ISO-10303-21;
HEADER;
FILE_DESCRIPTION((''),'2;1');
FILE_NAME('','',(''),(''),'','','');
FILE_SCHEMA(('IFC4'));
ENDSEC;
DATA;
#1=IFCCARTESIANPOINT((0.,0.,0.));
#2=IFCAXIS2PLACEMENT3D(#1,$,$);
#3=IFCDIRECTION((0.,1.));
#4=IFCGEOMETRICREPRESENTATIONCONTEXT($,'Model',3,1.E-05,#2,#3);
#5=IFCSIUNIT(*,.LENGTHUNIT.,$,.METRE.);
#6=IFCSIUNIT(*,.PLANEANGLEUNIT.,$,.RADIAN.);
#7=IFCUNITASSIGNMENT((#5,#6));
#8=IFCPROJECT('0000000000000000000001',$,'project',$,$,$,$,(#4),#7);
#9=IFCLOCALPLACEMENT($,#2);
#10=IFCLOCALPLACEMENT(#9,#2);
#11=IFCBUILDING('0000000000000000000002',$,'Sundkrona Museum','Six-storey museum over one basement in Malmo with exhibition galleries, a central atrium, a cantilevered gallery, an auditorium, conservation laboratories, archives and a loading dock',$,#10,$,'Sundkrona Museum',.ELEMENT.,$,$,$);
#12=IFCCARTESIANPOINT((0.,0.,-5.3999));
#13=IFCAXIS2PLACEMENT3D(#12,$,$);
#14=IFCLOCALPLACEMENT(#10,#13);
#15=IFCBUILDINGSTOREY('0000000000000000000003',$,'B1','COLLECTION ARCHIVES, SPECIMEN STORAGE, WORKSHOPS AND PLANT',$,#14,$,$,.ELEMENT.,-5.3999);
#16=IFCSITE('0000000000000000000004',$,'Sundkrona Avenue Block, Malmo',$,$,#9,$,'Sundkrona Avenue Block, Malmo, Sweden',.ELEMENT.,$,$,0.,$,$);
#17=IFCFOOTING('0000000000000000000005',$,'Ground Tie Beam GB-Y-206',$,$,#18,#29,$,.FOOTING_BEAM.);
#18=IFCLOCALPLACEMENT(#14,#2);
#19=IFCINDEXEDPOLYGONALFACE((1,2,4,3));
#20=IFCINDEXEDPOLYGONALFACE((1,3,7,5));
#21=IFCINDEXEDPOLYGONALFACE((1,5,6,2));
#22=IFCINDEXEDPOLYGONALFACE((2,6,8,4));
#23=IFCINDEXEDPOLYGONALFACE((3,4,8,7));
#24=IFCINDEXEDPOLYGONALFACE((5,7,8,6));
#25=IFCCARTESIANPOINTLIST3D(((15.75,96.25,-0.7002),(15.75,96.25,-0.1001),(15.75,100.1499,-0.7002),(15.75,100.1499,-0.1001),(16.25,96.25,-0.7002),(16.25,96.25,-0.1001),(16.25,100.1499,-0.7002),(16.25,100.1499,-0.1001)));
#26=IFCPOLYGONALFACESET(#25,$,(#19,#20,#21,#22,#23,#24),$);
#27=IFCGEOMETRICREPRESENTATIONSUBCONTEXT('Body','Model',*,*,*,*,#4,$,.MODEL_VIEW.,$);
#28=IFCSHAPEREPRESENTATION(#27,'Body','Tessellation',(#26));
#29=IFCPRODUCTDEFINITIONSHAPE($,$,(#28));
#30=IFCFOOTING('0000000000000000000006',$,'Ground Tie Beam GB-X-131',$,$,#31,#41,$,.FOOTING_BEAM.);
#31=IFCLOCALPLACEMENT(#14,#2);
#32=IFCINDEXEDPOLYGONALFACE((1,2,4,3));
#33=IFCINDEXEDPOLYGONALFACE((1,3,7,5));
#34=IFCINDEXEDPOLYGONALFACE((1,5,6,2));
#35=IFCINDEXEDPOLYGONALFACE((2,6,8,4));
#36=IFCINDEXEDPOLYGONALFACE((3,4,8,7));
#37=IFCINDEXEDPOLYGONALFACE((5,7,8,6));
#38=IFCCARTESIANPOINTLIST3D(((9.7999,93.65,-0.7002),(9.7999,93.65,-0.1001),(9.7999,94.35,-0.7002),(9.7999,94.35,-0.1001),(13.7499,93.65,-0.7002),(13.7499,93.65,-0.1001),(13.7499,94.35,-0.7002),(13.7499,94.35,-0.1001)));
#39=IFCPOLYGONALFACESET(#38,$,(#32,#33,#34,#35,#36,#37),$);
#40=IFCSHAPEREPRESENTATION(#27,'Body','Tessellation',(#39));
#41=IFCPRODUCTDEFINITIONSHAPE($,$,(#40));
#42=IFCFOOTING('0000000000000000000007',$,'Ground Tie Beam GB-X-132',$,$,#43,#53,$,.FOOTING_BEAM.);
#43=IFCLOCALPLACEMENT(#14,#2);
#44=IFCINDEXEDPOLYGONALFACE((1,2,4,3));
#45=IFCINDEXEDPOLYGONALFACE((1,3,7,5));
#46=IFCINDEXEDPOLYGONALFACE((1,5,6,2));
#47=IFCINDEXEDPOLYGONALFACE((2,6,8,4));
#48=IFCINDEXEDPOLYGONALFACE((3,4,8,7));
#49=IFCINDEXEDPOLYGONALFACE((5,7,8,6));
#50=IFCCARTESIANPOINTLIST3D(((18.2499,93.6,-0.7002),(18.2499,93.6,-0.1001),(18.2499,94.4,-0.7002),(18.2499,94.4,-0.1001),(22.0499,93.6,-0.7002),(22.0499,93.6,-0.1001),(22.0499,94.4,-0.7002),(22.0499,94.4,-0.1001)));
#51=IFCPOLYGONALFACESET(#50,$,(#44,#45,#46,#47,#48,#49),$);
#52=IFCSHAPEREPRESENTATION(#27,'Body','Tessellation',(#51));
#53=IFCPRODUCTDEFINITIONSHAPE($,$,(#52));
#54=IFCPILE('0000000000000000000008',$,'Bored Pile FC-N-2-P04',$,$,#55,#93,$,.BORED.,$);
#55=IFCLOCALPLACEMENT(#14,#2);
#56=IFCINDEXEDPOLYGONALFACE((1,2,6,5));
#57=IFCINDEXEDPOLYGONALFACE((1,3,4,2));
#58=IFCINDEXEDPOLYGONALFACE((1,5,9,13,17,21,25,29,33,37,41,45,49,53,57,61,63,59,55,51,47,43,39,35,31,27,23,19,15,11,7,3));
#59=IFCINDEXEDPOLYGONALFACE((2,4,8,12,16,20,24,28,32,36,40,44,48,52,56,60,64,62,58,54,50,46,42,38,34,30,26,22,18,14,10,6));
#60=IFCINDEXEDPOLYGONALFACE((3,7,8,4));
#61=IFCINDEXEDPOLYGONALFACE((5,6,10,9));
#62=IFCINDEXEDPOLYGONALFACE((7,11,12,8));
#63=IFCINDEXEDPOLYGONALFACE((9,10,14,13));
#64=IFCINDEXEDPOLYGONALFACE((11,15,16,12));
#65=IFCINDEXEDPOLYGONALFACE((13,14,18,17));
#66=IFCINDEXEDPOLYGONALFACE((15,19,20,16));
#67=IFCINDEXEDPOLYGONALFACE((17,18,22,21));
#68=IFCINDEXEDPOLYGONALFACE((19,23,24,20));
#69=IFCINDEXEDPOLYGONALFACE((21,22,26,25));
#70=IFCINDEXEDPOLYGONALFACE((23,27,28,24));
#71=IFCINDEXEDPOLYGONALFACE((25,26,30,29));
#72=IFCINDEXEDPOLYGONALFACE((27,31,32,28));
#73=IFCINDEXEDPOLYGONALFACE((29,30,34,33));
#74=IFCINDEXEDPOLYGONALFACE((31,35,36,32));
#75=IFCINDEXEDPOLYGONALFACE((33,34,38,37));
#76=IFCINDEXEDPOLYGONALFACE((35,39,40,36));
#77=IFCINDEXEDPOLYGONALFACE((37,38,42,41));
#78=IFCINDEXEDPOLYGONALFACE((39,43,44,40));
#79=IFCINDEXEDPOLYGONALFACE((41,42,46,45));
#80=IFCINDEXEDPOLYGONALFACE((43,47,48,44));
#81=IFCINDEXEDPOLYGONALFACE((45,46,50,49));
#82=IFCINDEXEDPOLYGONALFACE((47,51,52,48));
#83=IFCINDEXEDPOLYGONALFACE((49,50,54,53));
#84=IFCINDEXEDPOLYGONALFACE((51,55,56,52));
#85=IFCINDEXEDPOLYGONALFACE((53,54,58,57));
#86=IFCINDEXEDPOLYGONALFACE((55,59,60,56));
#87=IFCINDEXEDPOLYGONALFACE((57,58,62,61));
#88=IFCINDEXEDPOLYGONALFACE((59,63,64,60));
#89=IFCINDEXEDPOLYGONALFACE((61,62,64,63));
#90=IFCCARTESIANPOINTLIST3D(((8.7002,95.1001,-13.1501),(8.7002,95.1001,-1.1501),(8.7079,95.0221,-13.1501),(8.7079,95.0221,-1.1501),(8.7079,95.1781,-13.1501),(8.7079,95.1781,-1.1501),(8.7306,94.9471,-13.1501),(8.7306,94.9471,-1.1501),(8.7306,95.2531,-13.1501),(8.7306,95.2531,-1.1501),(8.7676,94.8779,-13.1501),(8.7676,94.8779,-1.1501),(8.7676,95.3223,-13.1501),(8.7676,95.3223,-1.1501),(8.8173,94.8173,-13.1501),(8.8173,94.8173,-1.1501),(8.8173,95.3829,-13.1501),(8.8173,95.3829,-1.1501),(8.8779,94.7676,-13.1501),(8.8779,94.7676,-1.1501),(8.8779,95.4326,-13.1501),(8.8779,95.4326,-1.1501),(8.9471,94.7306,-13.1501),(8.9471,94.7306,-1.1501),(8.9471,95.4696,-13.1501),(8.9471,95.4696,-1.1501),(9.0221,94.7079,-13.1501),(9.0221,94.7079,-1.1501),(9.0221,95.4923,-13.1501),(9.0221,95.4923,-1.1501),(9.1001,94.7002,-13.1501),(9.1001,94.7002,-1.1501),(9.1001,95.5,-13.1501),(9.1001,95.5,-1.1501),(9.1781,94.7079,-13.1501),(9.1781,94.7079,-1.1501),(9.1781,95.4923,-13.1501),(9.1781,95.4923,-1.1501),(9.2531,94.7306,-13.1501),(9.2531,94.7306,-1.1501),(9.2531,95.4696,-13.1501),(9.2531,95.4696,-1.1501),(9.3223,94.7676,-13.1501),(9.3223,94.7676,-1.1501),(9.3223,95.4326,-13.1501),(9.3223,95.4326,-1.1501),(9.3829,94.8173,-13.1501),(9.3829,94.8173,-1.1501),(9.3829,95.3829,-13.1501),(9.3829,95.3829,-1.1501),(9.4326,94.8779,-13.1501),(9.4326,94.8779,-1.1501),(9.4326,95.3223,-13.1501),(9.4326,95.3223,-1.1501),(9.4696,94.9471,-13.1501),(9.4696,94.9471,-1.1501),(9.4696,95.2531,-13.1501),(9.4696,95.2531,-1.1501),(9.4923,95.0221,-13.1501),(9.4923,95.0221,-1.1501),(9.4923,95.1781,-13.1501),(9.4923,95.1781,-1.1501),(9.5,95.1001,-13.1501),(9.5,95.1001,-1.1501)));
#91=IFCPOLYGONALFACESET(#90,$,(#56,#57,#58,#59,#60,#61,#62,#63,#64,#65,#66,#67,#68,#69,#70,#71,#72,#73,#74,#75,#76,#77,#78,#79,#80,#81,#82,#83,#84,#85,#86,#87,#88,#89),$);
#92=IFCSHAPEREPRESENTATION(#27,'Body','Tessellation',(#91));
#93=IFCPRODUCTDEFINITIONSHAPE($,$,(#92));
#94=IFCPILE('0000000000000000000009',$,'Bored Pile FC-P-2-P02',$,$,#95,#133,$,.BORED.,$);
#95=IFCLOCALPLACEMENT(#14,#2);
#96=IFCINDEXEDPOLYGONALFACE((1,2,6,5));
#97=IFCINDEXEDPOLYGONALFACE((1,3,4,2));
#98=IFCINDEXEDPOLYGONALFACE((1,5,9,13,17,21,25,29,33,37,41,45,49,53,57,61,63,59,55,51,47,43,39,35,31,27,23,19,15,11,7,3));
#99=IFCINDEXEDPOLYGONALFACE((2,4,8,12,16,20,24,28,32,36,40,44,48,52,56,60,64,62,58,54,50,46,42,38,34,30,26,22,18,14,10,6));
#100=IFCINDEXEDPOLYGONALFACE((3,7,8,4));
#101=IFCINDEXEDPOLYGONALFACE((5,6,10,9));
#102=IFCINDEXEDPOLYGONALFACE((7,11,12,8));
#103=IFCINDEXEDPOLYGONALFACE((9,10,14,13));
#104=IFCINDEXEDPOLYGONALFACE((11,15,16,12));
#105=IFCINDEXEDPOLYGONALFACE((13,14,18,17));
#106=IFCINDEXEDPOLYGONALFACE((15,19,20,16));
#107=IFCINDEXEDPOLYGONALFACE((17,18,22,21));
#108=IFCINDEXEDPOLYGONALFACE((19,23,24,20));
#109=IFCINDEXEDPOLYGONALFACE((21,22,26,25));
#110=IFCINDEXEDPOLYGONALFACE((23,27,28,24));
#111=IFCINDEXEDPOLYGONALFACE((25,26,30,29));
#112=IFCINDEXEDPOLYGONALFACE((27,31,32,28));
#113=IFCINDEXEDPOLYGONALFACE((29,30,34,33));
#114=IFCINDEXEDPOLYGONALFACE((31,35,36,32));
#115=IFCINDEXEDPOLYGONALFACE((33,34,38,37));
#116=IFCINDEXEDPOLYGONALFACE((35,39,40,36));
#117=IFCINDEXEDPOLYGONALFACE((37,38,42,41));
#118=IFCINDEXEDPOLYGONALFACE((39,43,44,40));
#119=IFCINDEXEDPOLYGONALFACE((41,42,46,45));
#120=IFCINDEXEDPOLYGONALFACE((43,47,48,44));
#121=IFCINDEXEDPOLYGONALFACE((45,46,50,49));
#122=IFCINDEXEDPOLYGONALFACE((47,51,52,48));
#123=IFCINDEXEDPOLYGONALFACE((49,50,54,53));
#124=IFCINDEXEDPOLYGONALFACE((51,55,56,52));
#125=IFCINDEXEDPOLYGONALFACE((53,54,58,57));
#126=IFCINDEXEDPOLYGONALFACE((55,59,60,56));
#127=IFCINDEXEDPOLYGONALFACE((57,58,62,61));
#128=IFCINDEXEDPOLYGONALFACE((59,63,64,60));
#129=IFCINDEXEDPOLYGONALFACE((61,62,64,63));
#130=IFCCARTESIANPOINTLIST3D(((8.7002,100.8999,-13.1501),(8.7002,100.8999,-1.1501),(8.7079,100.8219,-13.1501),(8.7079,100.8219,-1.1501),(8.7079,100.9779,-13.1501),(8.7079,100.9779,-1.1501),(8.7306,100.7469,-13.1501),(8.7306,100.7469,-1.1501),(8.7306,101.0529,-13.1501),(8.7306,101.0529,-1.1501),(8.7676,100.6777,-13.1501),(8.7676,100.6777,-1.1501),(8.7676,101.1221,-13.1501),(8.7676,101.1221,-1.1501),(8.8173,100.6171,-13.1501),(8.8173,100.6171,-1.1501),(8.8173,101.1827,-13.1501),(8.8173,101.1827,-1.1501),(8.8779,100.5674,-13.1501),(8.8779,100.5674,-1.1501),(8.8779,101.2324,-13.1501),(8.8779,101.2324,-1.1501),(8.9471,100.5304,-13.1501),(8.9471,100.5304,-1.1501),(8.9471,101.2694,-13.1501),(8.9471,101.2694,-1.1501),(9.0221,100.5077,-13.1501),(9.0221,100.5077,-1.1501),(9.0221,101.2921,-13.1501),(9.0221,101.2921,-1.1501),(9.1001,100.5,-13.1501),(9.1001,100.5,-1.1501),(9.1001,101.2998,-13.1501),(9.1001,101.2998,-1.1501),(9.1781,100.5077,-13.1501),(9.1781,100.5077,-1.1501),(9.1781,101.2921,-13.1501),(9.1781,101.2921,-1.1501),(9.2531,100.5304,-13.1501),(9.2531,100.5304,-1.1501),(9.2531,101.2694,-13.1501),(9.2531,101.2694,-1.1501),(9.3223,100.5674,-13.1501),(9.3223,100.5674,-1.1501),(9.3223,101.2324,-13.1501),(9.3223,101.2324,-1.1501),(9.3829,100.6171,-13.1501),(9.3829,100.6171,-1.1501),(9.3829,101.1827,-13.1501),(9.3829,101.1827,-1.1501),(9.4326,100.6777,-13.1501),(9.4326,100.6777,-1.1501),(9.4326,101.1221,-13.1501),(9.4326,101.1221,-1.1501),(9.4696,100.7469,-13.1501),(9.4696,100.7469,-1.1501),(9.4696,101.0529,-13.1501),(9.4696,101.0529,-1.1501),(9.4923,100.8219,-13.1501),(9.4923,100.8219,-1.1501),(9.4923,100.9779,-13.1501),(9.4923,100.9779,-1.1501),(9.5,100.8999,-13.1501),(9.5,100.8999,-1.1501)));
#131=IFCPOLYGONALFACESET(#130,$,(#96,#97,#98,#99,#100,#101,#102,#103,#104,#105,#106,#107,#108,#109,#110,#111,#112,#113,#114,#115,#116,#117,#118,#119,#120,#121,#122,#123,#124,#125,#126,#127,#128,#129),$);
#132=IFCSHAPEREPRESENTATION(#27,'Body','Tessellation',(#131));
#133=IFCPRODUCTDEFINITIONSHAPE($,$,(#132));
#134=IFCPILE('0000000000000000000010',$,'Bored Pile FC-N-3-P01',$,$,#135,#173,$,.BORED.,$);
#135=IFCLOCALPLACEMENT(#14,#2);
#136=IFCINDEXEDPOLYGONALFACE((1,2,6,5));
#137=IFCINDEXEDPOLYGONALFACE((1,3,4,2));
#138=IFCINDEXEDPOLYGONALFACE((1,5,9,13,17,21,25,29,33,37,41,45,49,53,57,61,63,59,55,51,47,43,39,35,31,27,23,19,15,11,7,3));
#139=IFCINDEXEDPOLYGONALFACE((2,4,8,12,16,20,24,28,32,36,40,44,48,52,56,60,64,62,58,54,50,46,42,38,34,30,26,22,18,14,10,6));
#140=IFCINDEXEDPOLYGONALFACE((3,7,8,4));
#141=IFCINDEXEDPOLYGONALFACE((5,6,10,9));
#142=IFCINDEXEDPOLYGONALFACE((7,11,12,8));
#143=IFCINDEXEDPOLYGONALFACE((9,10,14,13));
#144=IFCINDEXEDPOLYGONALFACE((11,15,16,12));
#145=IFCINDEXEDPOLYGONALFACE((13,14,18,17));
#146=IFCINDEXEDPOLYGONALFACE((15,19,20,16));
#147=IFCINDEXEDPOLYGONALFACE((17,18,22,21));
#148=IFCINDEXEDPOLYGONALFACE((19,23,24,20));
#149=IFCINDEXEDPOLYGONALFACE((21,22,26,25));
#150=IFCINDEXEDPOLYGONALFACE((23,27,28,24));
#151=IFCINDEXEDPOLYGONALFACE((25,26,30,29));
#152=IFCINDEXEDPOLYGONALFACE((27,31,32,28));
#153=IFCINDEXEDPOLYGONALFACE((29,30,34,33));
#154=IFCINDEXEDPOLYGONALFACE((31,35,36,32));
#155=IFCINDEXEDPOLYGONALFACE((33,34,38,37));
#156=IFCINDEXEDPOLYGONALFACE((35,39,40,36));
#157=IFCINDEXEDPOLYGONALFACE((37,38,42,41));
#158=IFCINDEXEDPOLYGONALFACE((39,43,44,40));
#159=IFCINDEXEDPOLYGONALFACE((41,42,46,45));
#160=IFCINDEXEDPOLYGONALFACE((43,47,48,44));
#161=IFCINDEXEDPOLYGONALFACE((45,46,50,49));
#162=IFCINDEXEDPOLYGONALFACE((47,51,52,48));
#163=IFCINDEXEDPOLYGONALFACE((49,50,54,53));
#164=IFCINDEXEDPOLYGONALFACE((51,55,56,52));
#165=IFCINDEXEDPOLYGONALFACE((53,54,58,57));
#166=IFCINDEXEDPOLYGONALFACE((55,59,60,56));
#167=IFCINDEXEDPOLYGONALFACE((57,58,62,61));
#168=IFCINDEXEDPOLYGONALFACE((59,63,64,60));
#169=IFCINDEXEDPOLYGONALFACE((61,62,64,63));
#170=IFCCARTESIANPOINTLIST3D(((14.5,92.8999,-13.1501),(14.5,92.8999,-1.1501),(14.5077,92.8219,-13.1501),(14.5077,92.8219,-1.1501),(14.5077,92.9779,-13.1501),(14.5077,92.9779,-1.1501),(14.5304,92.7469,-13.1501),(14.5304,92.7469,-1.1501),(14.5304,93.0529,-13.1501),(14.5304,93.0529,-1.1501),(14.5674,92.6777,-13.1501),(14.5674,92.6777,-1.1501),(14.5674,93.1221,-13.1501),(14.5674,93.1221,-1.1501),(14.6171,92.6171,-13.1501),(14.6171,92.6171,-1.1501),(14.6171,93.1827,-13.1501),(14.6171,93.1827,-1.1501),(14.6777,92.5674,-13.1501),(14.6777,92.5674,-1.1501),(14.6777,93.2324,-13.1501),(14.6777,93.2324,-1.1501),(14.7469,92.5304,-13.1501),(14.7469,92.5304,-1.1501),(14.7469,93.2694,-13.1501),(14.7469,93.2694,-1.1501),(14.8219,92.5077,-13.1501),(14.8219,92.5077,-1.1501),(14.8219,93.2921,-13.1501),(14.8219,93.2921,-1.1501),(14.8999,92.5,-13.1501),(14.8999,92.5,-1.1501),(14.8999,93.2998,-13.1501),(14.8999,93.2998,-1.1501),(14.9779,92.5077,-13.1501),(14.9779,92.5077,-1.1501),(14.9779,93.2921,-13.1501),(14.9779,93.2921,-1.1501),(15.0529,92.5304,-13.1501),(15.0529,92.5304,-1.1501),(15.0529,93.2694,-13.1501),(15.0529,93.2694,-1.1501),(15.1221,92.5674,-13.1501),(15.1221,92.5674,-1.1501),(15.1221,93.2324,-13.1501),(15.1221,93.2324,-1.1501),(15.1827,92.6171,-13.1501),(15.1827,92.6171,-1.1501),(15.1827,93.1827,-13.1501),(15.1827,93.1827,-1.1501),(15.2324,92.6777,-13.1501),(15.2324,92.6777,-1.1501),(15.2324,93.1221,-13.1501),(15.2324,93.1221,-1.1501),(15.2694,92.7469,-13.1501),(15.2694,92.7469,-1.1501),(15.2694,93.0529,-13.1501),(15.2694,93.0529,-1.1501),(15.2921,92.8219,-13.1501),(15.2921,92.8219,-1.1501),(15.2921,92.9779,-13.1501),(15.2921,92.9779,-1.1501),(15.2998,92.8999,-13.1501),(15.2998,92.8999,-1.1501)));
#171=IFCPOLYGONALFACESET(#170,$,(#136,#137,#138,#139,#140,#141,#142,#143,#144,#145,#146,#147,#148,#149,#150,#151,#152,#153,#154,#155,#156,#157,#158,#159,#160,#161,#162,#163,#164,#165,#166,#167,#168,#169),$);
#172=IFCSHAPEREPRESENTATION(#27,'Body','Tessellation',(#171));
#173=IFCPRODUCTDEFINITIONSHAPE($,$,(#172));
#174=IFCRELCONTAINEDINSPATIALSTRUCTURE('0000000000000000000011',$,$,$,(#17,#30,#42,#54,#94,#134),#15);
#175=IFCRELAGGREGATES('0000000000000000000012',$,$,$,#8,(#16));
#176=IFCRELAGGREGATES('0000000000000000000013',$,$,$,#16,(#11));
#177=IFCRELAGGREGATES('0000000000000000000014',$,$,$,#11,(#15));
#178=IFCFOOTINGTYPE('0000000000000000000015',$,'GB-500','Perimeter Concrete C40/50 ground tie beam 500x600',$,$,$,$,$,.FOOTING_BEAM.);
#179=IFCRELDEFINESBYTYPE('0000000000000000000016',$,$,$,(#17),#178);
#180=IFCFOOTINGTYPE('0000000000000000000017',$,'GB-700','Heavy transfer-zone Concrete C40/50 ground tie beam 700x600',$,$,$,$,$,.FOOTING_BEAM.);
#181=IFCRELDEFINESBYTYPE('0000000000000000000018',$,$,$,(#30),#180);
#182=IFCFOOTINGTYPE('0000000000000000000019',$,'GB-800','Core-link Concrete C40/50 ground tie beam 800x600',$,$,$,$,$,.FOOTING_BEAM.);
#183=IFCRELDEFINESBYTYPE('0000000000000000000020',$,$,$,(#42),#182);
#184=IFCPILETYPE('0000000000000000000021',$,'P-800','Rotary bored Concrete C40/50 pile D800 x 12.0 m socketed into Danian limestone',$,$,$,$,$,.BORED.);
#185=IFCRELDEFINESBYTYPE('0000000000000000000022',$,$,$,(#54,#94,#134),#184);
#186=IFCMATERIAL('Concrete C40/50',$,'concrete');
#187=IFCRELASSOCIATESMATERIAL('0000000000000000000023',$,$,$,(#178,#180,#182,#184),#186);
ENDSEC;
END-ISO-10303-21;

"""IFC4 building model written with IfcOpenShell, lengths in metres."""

from ifc_helpers import new_model, si_unit, direction, frame, origin, origin_2d, place, context, subcontext, project, spatial, rectangle, circle, extrude, material, material_profile, profile_set, type_object, element, save


model = new_model("IFC4")

# Units and contexts
model_context = context("Model", 3, precision=1e-05, world=origin(), true_north=direction((0.0, 1.0)))
body_context = subcontext(model_context, "Body", "Model", "MODEL_VIEW")
ifc_project = project(units=[si_unit("LENGTHUNIT", "METRE"), si_unit("PLANEANGLEUNIT", "RADIAN")], contexts=[model_context])

# Site, building, storey
site_placement = place(None, origin())
site = spatial("IfcSite", under=ifc_project, at=site_placement, Name="Sundkrona Avenue Block, Malmo", LongName="Sundkrona Avenue Block, Malmo, Sweden", CompositionType="ELEMENT", RefElevation=0.0)
building_placement = place(site_placement, origin())
building = spatial("IfcBuilding", under=site, at=building_placement, Name="Sundkrona Museum", Description="Six-storey museum over one basement in Malmo with exhibition galleries, a central atrium, a cantilevered gallery, an auditorium, conservation laboratories, archives and a loading dock", LongName="Sundkrona Museum", CompositionType="ELEMENT")
storey_placement = place(building_placement, frame((0.0, 0.0, -5.3999)))
storey = spatial("IfcBuildingStorey", under=building, at=storey_placement, Name="B1", Description="COLLECTION ARCHIVES, SPECIMEN STORAGE, WORKSHOPS AND PLANT", CompositionType="ELEMENT", Elevation=-5.3999)

# Footings
ifc_material_1 = material(Name="Concrete C40/50", Category="concrete")
footing_type_1 = type_object("IfcFootingType", Name="GB-500", Description="Perimeter Concrete C40/50 ground tie beam 500x600", PredefinedType="FOOTING_BEAM", material=ifc_material_1)
footing_1_placement = place(storey_placement, frame((16.0, 98.2, -0.7002), z_axis=(0.0, 0.0, 1.0), x_axis=(0.0, 1.0, 0.0)))
element("IfcFooting", 1, at=footing_1_placement, inside=storey, type_object=footing_type_1, Name="Ground Tie Beam GB-Y-206", PredefinedType="FOOTING_BEAM", context=body_context, shape_type="SweptSolid", body=[
    extrude(rectangle(XDim=3.8999, YDim=0.5, at=origin_2d()), origin(), (0.0, 0.0, 1.0), 0.6001),
])
footing_type_2 = type_object("IfcFootingType", Name="GB-700", Description="Heavy transfer-zone Concrete C40/50 ground tie beam 700x600", PredefinedType="FOOTING_BEAM", material=ifc_material_1)
footing_2_placement = place(storey_placement, frame((11.7749, 94.0, -0.7002), z_axis=(0.0, 0.0, 1.0), x_axis=(1.0, 0.0, 0.0)))
element("IfcFooting", 2, at=footing_2_placement, inside=storey, type_object=footing_type_2, Name="Ground Tie Beam GB-X-131", PredefinedType="FOOTING_BEAM", context=body_context, shape_type="SweptSolid", body=[
    extrude(rectangle(XDim=3.95, YDim=0.7, at=origin_2d()), origin(), (0.0, 0.0, 1.0), 0.6001),
])
footing_type_3 = type_object("IfcFootingType", Name="GB-800", Description="Core-link Concrete C40/50 ground tie beam 800x600", PredefinedType="FOOTING_BEAM", material=ifc_material_1)
footing_3_placement = place(storey_placement, frame((20.1499, 94.0, -0.7002), z_axis=(0.0, 0.0, 1.0), x_axis=(1.0, 0.0, 0.0)))
element("IfcFooting", 3, at=footing_3_placement, inside=storey, type_object=footing_type_3, Name="Ground Tie Beam GB-X-132", PredefinedType="FOOTING_BEAM", context=body_context, shape_type="SweptSolid", body=[
    extrude(rectangle(XDim=3.8, YDim=0.8, at=origin_2d()), origin(), (0.0, 0.0, 1.0), 0.6001),
])

# Piles
ifc_material_profile_1 = material_profile(ifc_material_1, circle(Radius=0.3999, at=origin_2d()), Name="PILE D800")
ifc_profile_set_1 = profile_set([ifc_material_profile_1], Name="Concrete C40/50")
pile_type = type_object("IfcPileType", Name="P-800", Description="Rotary bored Concrete C40/50 pile D800 x 12.0 m socketed into Danian limestone", PredefinedType="BORED", material=ifc_profile_set_1)
for number, where, z_axis, x_axis, name in (
    (4, (9.1001, 95.1001, -1.1501), (0.0, 0.0, -1.0), (1.0, 0.0, 0.0), "Bored Pile FC-N-2-P04"),
    (5, (9.1001, 100.8999, -1.1501), (0.0, 0.0, -1.0), (1.0, 0.0, 0.0), "Bored Pile FC-P-2-P02"),
    (6, (14.8999, 92.8999, -1.1501), (0.0, 0.0, -1.0), (1.0, 0.0, 0.0), "Bored Pile FC-N-3-P01"),
):
    element("IfcPile", number, at=place(storey_placement, frame(where, z_axis=z_axis, x_axis=x_axis)), inside=storey, type_object=pile_type, Name=name, PredefinedType="BORED", context=body_context, shape_type="SweptSolid", body=[
        extrude(circle(Radius=0.3999, at=origin_2d()), origin(), (0.0, 0.0, 1.0), 12.0),
    ])

save(model, "model.ifc")
